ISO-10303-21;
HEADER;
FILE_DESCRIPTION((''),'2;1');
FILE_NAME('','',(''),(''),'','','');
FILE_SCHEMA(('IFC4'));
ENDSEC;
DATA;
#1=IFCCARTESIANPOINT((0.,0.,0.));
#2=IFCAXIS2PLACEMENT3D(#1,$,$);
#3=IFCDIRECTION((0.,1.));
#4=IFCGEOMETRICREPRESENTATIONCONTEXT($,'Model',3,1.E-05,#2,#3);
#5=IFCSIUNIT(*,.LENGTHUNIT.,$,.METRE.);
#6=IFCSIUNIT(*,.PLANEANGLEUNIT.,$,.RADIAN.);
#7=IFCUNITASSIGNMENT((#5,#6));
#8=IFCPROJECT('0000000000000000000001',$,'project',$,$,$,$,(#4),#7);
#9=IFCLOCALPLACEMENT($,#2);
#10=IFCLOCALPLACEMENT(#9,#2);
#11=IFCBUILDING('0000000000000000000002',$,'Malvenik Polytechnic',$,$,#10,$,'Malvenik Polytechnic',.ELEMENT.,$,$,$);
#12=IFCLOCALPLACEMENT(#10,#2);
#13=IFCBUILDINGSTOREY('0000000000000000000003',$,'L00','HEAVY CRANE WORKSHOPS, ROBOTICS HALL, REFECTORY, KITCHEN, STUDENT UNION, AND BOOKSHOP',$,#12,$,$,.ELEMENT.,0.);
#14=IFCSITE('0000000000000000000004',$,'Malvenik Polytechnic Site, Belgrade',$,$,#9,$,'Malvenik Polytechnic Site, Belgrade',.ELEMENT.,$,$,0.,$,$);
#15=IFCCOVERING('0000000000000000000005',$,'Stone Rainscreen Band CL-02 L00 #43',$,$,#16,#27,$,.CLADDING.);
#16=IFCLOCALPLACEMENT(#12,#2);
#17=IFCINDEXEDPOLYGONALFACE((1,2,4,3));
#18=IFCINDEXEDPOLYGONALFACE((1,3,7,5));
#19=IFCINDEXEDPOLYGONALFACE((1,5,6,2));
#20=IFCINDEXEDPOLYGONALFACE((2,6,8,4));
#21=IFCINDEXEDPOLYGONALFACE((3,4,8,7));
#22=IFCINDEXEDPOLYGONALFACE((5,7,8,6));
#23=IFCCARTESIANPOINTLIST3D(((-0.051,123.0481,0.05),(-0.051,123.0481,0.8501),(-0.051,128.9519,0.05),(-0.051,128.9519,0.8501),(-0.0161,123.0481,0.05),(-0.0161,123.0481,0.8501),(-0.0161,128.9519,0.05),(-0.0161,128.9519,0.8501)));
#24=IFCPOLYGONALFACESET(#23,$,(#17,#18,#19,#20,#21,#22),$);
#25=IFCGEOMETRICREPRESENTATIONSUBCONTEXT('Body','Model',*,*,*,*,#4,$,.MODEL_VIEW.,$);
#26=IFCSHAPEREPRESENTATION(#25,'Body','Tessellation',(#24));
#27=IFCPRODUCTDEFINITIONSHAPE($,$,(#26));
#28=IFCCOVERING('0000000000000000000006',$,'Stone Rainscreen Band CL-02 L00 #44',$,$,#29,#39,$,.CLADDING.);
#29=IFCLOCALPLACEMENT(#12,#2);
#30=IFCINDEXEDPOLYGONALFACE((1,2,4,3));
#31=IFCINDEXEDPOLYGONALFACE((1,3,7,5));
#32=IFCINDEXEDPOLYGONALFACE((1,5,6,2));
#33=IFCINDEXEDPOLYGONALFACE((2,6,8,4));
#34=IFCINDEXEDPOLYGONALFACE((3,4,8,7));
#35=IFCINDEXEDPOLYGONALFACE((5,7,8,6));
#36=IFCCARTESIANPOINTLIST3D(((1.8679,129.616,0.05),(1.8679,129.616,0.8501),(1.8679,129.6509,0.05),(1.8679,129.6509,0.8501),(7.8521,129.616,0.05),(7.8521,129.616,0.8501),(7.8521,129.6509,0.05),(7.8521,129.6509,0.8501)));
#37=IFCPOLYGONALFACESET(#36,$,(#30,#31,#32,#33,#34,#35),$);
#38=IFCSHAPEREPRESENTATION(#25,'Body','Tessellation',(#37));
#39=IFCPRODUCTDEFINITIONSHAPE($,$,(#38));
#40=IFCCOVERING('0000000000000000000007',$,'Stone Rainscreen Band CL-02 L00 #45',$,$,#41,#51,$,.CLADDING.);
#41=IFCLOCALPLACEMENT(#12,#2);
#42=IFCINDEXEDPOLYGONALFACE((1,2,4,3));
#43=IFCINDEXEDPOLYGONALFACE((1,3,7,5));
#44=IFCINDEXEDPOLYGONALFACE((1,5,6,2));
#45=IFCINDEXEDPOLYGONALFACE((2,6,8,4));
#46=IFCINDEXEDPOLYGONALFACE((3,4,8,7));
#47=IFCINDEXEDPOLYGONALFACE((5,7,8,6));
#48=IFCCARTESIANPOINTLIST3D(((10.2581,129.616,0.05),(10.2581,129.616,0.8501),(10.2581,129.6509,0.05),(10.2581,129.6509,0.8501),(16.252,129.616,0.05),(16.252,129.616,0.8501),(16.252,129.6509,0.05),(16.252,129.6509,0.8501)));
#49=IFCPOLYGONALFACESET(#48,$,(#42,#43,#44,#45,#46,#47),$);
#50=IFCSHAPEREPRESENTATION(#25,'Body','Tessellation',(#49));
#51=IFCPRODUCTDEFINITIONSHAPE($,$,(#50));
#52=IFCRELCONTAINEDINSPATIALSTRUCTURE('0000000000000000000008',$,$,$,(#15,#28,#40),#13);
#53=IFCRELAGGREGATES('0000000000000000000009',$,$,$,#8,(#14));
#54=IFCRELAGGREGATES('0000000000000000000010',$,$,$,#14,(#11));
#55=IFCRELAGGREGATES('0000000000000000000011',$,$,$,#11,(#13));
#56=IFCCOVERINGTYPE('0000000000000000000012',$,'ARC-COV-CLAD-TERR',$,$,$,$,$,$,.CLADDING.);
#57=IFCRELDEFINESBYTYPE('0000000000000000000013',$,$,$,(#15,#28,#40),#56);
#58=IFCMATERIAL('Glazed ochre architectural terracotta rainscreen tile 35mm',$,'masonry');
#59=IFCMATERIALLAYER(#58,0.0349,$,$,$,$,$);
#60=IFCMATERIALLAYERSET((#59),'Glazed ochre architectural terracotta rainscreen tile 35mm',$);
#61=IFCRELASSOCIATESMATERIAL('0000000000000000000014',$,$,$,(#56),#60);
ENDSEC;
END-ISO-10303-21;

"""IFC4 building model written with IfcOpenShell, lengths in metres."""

from ifc_helpers import new_model, si_unit, direction, frame, origin, place, context, subcontext, project, spatial, polyline, outline, extrude, material, layer, layer_set, type_object, element, save


model = new_model("IFC4")

# Units and contexts
model_context = context("Model", 3, precision=1e-05, world=origin(), true_north=direction((0.0, 1.0)))
body_context = subcontext(model_context, "Body", "Model", "MODEL_VIEW")
ifc_project = project(units=[si_unit("LENGTHUNIT", "METRE"), si_unit("PLANEANGLEUNIT", "RADIAN")], contexts=[model_context])

# Site, building, storey
site_placement = place(None, origin())
site = spatial("IfcSite", under=ifc_project, at=site_placement, Name="Malvenik Polytechnic Site, Belgrade", LongName="Malvenik Polytechnic Site, Belgrade", CompositionType="ELEMENT", RefElevation=0.0)
building_placement = place(site_placement, origin())
building = spatial("IfcBuilding", under=site, at=building_placement, Name="Malvenik Polytechnic", LongName="Malvenik Polytechnic", CompositionType="ELEMENT")
storey_placement = place(building_placement, origin())
storey = spatial("IfcBuildingStorey", under=building, at=storey_placement, Name="L00", Description="HEAVY CRANE WORKSHOPS, ROBOTICS HALL, REFECTORY, KITCHEN, STUDENT UNION, AND BOOKSHOP", CompositionType="ELEMENT", Elevation=0.0)

# Coverings
ifc_material_1 = material(Name="Glazed ochre architectural terracotta rainscreen tile 35mm", Category="masonry")
ifc_layer_1 = layer(ifc_material_1, 0.0349)
ifc_layer_set_1 = layer_set([ifc_layer_1], Name="Glazed ochre architectural terracotta rainscreen tile 35mm")
covering_type = type_object("IfcCoveringType", Name="ARC-COV-CLAD-TERR", PredefinedType="CLADDING", material=ifc_layer_set_1)
covering_1_placement = place(storey_placement, frame((0.0, 0.0, 0.05)))
element("IfcCovering", 1, at=covering_1_placement, inside=storey, type_object=covering_type, Name="Stone Rainscreen Band CL-02 L00 #43", PredefinedType="CLADDING", context=body_context, shape_type="SweptSolid", body=[
    extrude(outline(polyline([(-0.0161, 123.0481), (-0.0161, 128.9519), (-0.051, 128.9519), (-0.051, 123.0481), (-0.0161, 123.0481)])), origin(), (0.0, 0.0, 1.0), 0.8),
])
covering_2_placement = place(storey_placement, frame((0.0, 0.0, 0.05)))
element("IfcCovering", 2, at=covering_2_placement, inside=storey, type_object=covering_type, Name="Stone Rainscreen Band CL-02 L00 #44", PredefinedType="CLADDING", context=body_context, shape_type="SweptSolid", body=[
    extrude(outline(polyline([(1.8679, 129.616), (7.8521, 129.616), (7.8521, 129.6509), (1.8679, 129.6509), (1.8679, 129.616)])), origin(), (0.0, 0.0, 1.0), 0.8),
])
covering_3_placement = place(storey_placement, frame((0.0, 0.0, 0.05)))
element("IfcCovering", 3, at=covering_3_placement, inside=storey, type_object=covering_type, Name="Stone Rainscreen Band CL-02 L00 #45", PredefinedType="CLADDING", context=body_context, shape_type="SweptSolid", body=[
    extrude(outline(polyline([(10.2581, 129.616), (16.252, 129.616), (16.252, 129.6509), (10.2581, 129.6509), (10.2581, 129.616)])), origin(), (0.0, 0.0, 1.0), 0.8),
])

save(model, "model.ifc")
